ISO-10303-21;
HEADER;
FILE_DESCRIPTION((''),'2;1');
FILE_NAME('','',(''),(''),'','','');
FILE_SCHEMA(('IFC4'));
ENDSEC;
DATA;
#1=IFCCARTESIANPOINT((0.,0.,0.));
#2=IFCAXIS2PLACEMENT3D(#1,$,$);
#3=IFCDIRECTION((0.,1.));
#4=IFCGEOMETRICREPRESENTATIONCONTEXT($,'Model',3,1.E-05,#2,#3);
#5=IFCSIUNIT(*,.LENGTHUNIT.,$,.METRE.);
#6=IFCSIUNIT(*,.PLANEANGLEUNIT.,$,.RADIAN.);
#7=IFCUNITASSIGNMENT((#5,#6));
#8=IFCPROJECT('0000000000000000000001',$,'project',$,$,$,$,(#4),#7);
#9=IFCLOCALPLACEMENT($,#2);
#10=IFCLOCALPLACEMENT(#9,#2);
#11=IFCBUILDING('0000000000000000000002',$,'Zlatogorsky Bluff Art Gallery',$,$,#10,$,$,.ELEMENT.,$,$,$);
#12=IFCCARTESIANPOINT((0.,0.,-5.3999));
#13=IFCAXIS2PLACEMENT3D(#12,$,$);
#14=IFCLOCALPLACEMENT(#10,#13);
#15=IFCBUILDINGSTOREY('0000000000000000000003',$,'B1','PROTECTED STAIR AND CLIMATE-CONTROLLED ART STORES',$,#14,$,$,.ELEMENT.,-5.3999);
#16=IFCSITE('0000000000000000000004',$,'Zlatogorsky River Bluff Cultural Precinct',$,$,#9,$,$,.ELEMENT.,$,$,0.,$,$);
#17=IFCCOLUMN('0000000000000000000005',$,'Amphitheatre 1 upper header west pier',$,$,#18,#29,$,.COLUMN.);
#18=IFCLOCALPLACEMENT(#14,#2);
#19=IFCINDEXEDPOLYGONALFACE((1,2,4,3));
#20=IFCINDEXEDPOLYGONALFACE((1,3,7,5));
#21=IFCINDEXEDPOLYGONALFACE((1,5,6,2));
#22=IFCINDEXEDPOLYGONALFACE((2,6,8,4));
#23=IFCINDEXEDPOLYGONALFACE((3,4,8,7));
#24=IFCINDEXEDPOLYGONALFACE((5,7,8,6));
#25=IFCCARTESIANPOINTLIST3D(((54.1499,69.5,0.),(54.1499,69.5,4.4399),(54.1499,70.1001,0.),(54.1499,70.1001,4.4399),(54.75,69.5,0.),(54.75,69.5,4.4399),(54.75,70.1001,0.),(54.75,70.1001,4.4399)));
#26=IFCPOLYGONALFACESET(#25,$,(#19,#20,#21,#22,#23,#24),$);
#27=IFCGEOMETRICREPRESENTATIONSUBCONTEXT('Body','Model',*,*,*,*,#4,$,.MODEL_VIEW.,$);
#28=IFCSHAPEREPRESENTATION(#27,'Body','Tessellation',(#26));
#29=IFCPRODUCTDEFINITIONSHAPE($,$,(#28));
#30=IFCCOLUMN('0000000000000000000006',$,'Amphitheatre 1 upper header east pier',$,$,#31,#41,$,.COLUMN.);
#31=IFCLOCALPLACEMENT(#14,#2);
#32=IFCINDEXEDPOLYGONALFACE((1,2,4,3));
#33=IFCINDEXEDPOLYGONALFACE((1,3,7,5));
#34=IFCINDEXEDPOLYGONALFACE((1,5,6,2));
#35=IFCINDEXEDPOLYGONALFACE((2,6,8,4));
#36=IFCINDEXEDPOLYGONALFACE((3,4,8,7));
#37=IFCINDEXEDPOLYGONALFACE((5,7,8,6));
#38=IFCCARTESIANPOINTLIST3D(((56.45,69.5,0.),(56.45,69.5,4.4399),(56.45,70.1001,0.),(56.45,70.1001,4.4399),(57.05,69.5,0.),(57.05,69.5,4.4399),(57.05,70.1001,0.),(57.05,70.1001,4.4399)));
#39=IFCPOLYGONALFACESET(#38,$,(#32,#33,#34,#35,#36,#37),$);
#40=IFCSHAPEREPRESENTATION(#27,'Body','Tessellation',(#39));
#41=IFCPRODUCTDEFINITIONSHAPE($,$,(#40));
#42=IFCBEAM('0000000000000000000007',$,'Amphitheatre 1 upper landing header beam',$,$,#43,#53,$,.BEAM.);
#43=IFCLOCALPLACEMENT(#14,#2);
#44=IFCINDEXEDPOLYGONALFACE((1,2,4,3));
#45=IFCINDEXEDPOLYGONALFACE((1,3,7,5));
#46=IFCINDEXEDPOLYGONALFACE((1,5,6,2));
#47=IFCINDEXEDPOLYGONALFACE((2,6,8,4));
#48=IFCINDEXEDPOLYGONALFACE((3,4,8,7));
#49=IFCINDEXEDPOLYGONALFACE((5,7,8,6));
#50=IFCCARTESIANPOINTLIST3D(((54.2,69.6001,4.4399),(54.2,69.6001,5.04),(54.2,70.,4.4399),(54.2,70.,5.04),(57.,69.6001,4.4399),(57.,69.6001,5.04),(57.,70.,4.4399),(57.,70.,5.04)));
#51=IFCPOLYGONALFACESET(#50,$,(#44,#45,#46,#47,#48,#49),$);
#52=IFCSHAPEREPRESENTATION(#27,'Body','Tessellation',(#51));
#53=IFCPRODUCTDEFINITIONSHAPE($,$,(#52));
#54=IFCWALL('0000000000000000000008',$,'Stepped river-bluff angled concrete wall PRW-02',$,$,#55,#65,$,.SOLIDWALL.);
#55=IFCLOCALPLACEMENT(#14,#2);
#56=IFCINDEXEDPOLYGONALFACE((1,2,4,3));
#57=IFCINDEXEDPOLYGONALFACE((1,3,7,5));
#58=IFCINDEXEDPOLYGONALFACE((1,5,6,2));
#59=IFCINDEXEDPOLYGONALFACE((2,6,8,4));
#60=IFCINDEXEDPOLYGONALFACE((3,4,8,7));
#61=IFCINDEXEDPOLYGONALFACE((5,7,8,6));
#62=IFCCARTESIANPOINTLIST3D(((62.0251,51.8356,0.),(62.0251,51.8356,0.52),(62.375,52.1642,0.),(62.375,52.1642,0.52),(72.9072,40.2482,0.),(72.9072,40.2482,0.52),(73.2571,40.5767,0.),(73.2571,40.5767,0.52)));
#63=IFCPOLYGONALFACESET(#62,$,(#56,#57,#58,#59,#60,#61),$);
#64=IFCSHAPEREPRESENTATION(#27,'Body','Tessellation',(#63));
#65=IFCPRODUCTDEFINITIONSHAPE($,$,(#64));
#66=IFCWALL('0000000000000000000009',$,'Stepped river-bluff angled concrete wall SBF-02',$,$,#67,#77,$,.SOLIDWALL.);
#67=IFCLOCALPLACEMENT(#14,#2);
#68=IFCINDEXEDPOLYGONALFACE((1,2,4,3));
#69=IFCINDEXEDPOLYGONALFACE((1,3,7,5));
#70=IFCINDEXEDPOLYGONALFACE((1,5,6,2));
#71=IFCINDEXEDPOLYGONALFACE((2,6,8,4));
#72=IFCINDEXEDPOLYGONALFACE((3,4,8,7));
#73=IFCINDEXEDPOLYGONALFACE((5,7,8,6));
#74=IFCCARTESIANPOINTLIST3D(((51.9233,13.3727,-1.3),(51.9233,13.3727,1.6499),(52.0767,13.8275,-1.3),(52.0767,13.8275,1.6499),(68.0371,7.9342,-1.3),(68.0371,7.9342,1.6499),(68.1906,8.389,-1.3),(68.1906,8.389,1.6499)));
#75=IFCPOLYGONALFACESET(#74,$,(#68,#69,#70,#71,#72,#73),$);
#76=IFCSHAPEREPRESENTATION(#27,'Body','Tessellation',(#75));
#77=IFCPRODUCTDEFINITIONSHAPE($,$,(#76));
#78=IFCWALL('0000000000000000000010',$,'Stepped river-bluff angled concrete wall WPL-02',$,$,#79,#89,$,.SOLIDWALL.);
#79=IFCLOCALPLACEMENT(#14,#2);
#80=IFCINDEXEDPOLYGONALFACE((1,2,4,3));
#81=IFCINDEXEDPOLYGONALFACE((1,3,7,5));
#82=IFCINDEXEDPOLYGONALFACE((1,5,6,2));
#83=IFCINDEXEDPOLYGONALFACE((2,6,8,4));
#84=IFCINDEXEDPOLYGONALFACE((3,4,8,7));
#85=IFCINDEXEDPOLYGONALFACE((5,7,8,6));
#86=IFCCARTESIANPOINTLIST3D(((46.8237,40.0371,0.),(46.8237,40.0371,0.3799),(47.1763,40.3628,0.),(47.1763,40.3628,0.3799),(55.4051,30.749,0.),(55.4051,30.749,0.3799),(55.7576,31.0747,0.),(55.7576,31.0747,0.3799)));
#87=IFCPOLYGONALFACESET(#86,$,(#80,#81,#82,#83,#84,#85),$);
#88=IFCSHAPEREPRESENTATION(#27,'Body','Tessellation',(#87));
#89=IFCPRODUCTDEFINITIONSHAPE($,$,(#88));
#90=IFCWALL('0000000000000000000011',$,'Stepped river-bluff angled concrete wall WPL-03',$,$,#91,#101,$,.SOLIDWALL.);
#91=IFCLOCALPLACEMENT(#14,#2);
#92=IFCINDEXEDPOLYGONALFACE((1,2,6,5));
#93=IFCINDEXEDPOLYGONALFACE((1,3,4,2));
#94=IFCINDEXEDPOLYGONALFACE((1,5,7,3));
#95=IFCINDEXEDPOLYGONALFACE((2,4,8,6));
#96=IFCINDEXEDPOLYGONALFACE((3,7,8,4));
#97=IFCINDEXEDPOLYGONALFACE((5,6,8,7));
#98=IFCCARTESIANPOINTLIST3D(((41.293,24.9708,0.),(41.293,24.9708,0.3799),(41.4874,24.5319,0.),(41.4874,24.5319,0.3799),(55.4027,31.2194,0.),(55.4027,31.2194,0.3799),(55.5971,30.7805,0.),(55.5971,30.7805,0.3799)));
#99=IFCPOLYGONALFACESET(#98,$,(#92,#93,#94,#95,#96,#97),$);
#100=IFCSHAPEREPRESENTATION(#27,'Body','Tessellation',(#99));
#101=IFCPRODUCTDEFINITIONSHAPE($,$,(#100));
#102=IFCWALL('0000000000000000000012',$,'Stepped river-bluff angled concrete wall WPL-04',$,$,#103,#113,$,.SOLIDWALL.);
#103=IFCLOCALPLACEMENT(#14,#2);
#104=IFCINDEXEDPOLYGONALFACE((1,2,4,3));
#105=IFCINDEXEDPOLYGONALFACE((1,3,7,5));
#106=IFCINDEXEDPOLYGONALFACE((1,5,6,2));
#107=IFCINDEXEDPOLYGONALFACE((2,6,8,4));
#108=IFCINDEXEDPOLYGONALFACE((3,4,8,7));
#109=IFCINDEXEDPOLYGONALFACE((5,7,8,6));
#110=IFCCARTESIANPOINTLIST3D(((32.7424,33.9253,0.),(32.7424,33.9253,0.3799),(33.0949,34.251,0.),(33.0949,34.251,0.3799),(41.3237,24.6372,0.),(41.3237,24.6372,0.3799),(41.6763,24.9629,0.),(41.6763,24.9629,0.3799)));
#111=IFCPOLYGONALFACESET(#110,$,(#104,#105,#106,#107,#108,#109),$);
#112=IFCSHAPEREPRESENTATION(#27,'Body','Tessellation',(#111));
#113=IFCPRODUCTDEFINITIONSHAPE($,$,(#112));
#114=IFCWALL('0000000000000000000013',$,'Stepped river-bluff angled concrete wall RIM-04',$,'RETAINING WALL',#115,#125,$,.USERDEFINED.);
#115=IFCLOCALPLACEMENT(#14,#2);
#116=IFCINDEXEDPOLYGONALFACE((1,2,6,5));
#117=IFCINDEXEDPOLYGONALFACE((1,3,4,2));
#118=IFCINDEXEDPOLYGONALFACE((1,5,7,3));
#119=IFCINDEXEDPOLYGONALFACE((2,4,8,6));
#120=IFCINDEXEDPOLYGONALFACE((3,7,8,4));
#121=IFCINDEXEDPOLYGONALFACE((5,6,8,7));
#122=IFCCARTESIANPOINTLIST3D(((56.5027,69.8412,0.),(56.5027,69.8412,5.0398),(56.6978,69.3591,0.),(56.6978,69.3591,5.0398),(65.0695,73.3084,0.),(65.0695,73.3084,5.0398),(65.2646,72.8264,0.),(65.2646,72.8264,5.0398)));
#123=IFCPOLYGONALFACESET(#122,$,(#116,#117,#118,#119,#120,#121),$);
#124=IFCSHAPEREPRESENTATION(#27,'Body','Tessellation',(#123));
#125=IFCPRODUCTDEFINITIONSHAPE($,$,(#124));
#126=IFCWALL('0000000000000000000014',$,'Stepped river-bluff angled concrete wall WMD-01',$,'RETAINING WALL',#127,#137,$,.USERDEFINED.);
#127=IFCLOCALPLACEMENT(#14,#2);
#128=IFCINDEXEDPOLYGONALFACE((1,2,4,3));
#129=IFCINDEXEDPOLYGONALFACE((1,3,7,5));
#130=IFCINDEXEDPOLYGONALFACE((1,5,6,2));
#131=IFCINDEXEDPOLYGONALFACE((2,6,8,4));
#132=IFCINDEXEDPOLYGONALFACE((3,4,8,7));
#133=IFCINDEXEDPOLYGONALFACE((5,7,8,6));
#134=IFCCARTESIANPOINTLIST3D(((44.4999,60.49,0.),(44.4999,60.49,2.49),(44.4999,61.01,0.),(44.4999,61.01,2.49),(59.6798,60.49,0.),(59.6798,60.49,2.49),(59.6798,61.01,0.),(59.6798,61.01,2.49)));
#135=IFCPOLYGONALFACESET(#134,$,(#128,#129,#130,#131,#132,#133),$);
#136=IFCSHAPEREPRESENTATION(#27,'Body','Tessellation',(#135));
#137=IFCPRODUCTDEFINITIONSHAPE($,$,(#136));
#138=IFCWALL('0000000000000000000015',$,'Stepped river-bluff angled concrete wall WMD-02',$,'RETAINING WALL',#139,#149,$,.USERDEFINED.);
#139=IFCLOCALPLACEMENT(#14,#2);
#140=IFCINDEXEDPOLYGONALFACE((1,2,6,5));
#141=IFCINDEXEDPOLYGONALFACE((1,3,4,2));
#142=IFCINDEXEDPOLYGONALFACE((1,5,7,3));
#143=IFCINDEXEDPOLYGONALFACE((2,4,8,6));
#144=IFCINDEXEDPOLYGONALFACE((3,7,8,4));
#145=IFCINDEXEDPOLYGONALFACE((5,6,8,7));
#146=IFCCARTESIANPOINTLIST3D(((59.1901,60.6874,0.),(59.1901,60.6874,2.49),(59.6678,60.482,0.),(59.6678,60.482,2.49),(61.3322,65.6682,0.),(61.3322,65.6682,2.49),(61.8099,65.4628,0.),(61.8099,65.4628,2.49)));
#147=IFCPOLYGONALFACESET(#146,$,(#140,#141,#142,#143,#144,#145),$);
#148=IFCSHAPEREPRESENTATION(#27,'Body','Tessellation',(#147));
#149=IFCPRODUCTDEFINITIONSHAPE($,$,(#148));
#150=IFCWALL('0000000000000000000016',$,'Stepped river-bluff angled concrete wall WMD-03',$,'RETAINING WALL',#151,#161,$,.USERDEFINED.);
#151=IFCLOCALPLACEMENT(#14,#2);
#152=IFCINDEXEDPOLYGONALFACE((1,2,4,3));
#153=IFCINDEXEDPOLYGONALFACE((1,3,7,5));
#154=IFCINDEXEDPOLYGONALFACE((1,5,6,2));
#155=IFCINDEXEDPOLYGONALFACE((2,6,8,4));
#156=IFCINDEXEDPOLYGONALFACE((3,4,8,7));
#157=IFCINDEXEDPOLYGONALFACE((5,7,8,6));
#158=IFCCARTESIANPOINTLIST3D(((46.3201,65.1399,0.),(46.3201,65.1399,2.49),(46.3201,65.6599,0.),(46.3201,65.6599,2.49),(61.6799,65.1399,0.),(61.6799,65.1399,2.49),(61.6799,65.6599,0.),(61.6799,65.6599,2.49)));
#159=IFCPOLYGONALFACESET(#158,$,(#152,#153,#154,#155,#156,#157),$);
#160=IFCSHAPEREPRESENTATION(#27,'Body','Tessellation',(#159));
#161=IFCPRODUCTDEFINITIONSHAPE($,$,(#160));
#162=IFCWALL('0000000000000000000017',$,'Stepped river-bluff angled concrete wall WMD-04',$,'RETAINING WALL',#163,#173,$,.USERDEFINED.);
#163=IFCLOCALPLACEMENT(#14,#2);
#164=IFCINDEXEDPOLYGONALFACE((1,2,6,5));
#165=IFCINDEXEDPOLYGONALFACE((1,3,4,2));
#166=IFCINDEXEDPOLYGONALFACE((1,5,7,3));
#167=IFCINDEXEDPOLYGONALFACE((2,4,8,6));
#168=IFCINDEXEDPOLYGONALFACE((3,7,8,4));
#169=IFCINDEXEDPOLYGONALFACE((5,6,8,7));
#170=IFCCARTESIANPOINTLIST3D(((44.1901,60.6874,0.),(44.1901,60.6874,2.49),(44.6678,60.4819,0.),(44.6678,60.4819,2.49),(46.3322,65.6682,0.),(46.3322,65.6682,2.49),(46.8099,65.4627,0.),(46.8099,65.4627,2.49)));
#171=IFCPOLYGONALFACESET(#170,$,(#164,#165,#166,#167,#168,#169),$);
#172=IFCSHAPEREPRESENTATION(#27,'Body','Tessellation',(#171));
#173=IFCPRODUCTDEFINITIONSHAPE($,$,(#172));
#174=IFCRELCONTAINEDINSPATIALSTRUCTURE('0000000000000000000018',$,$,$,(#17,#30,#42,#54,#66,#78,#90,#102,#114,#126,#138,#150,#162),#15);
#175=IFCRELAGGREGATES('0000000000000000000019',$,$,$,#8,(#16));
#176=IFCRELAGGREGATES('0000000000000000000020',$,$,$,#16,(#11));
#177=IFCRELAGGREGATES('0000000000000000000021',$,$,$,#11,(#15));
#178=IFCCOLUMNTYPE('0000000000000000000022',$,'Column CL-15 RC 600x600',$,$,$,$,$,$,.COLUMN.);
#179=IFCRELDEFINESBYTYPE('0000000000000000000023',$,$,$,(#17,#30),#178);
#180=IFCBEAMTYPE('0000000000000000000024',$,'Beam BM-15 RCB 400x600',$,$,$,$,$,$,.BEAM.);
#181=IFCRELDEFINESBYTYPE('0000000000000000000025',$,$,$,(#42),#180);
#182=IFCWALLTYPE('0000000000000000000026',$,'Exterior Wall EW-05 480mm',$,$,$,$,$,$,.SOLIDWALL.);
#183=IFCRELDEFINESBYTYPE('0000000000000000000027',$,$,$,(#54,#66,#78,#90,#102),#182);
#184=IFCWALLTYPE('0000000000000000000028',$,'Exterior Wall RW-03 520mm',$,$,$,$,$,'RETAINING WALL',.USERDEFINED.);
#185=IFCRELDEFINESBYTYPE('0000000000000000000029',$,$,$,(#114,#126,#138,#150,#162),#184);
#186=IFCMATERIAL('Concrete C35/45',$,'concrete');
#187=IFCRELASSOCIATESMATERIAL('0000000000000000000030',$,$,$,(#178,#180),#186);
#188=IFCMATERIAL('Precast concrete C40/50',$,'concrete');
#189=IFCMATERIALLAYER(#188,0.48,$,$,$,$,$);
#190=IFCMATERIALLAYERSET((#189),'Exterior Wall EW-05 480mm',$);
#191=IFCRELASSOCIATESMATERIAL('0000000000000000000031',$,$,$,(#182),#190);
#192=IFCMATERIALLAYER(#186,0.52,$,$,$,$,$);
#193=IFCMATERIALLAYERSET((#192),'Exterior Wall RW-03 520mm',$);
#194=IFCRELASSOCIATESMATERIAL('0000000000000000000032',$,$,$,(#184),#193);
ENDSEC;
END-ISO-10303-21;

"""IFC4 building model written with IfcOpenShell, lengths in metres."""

from ifc_helpers import new_model, si_unit, direction, frame, frame_2d, origin, origin_2d, place, context, subcontext, project, spatial, rectangle, extrude, material, layer, layer_set, material_profile, profile_set, type_object, element, save


model = new_model("IFC4")

# Units and contexts
model_context = context("Model", 3, precision=1e-05, world=origin(), true_north=direction((0.0, 1.0)))
body_context = subcontext(model_context, "Body", "Model", "MODEL_VIEW")
ifc_project = project(units=[si_unit("LENGTHUNIT", "METRE"), si_unit("PLANEANGLEUNIT", "RADIAN")], contexts=[model_context])

# Site, building, storey
site_placement = place(None, origin())
site = spatial("IfcSite", under=ifc_project, at=site_placement, Name="Zlatogorsky River Bluff Cultural Precinct", CompositionType="ELEMENT", RefElevation=0.0)
building_placement = place(site_placement, origin())
building = spatial("IfcBuilding", under=site, at=building_placement, Name="Zlatogorsky Bluff Art Gallery", CompositionType="ELEMENT")
storey_placement = place(building_placement, frame((0.0, 0.0, -5.3999)))
storey = spatial("IfcBuildingStorey", under=building, at=storey_placement, Name="B1", Description="PROTECTED STAIR AND CLIMATE-CONTROLLED ART STORES", CompositionType="ELEMENT", Elevation=-5.3999)

# Columns
ifc_material_1 = material(Name="Concrete C35/45", Category="concrete")
ifc_material_profile_1 = material_profile(ifc_material_1, rectangle(XDim=0.6001, YDim=0.6001, at=origin_2d()), Name="RC 600x600")
ifc_profile_set_1 = profile_set([ifc_material_profile_1], Name="Concrete C35/45")
column_type = type_object("IfcColumnType", Name="Column CL-15 RC 600x600", PredefinedType="COLUMN", material=ifc_profile_set_1)
for number, where, z_axis, x_axis, name in (
    (1, (54.45, 69.8, 0.0), (0.0, 0.0, 1.0), (1.0, 0.0, 0.0), "Amphitheatre 1 upper header west pier"),
    (2, (56.75, 69.8, 0.0), (0.0, 0.0, 1.0), (1.0, 0.0, 0.0), "Amphitheatre 1 upper header east pier"),
):
    element("IfcColumn", number, at=place(storey_placement, frame(where, z_axis=z_axis, x_axis=x_axis)), inside=storey, type_object=column_type, Name=name, PredefinedType="COLUMN", context=body_context, shape_type="SweptSolid", body=[
        extrude(rectangle(XDim=0.6001, YDim=0.6001, at=origin_2d()), origin(), (0.0, 0.0, 1.0), 4.4399),
    ])

# Beam
ifc_material_profile_2 = material_profile(ifc_material_1, rectangle(XDim=0.3999, YDim=0.6001, at=origin_2d()), Name="RCB 400x600")
ifc_profile_set_2 = profile_set([ifc_material_profile_2], Name="Concrete C35/45")
beam_type = type_object("IfcBeamType", Name="Beam BM-15 RCB 400x600", PredefinedType="BEAM", material=ifc_profile_set_2)
beam_placement = place(storey_placement, frame((54.2, 69.8, 4.74), z_axis=(1.0, 0.0, 0.0), x_axis=(0.0, 1.0, 0.0)))
element("IfcBeam", 3, at=beam_placement, inside=storey, type_object=beam_type, Name="Amphitheatre 1 upper landing header beam", PredefinedType="BEAM", context=body_context, shape_type="SweptSolid", body=[
    extrude(rectangle(XDim=0.3999, YDim=0.6001, at=origin_2d()), origin(), (0.0, 0.0, 1.0), 2.8),
])

# Walls
ifc_material_2 = material(Name="Precast concrete C40/50", Category="concrete")
ifc_layer_1 = layer(ifc_material_2, 0.48)
ifc_layer_set_1 = layer_set([ifc_layer_1], Name="Exterior Wall EW-05 480mm")
wall_type_1 = type_object("IfcWallType", Name="Exterior Wall EW-05 480mm", PredefinedType="SOLIDWALL", material=ifc_layer_set_1)
wall_1_placement = place(storey_placement, frame((62.2, 52.0, 0.0), z_axis=(0.0, 0.0, 1.0), x_axis=(0.684573, -0.728944, 0.0)))
element("IfcWall", 4, at=wall_1_placement, inside=storey, type_object=wall_type_1, Name="Stepped river-bluff angled concrete wall PRW-02", PredefinedType="SOLIDWALL", context=body_context, shape_type="SweptSolid", body=[
    extrude(rectangle(XDim=15.8962, YDim=0.48, at=frame_2d((7.9482, 0.0))), origin(), (0.0, 0.0, 1.0), 0.52),
])
wall_2_placement = place(storey_placement, frame((52.0, 13.6001, -1.3), z_axis=(0.0, 0.0, 1.0), x_axis=(0.947491, -0.319783, 0.0)))
element("IfcWall", 5, at=wall_2_placement, inside=storey, type_object=wall_type_1, Name="Stepped river-bluff angled concrete wall SBF-02", PredefinedType="SOLIDWALL", context=body_context, shape_type="SweptSolid", body=[
    extrude(rectangle(XDim=17.0068, YDim=0.48, at=frame_2d((8.5034, 0.0))), origin(), (0.0, 0.0, 1.0), 2.95),
])
wall_3_placement = place(storey_placement, frame((47.0, 40.2, 0.0), z_axis=(0.0, 0.0, 1.0), x_axis=(0.678608, -0.734501, 0.0)))
element("IfcWall", 6, at=wall_3_placement, inside=storey, type_object=wall_type_1, Name="Stepped river-bluff angled concrete wall WPL-02", PredefinedType="SOLIDWALL", context=body_context, shape_type="SweptSolid", body=[
    extrude(rectangle(XDim=12.6455, YDim=0.48, at=frame_2d((6.3228, 0.0))), origin(), (0.0, 0.0, 1.0), 0.3799),
])
wall_4_placement = place(storey_placement, frame((55.5, 31.0, 0.0), z_axis=(0.0, 0.0, 1.0), x_axis=(-0.91435, -0.404926, 0.0)))
element("IfcWall", 7, at=wall_4_placement, inside=storey, type_object=wall_type_1, Name="Stepped river-bluff angled concrete wall WPL-03", PredefinedType="SOLIDWALL", context=body_context, shape_type="SweptSolid", body=[
    extrude(rectangle(XDim=15.4314, YDim=0.48, at=frame_2d((7.7158, 0.0))), origin(), (0.0, 0.0, 1.0), 0.3799),
])
wall_5_placement = place(storey_placement, frame((41.5, 24.8, 0.0), z_axis=(0.0, 0.0, 1.0), x_axis=(-0.678608, 0.734501, 0.0)))
element("IfcWall", 8, at=wall_5_placement, inside=storey, type_object=wall_type_1, Name="Stepped river-bluff angled concrete wall WPL-04", PredefinedType="SOLIDWALL", context=body_context, shape_type="SweptSolid", body=[
    extrude(rectangle(XDim=12.6455, YDim=0.48, at=frame_2d((6.3228, 0.0))), origin(), (0.0, 0.0, 1.0), 0.3799),
])
ifc_layer_2 = layer(ifc_material_1, 0.52)
ifc_layer_set_2 = layer_set([ifc_layer_2], Name="Exterior Wall RW-03 520mm")
wall_type_2 = type_object("IfcWallType", Name="Exterior Wall RW-03 520mm", ElementType="RETAINING WALL", PredefinedType="USERDEFINED", material=ifc_layer_set_2)
wall_6_placement = place(storey_placement, frame((56.6001, 69.6001, 0.0), z_axis=(0.0, 0.0, 1.0), x_axis=(0.926957, 0.375168, 0.0)))
element("IfcWall", 9, at=wall_6_placement, inside=storey, type_object=wall_type_2, Name="Stepped river-bluff angled concrete wall RIM-04", ObjectType="RETAINING WALL", PredefinedType="USERDEFINED", context=body_context, shape_type="SweptSolid", body=[
    extrude(rectangle(XDim=9.2419, YDim=0.52, at=frame_2d((4.6211, 0.0))), origin(), (0.0, 0.0, 1.0), 5.0398),
])
wall_7_placement = place(storey_placement, frame((44.5, 60.75, 0.0), z_axis=(0.0, 0.0, 1.0), x_axis=(1.0, 0.0, 0.0)))
element("IfcWall", 10, at=wall_7_placement, inside=storey, type_object=wall_type_2, Name="Stepped river-bluff angled concrete wall WMD-01", ObjectType="RETAINING WALL", PredefinedType="USERDEFINED", context=body_context, shape_type="SweptSolid", body=[
    extrude(rectangle(XDim=15.1799, YDim=0.52, at=frame_2d((7.5898, 0.0))), origin(), (0.0, 0.0, 1.0), 2.49),
])
wall_8_placement = place(storey_placement, frame((59.429, 60.5847, 0.0), z_axis=(0.0, 0.0, 1.0), x_axis=(0.395087, 0.918644, 0.0)))
element("IfcWall", 11, at=wall_8_placement, inside=storey, type_object=wall_type_2, Name="Stepped river-bluff angled concrete wall WMD-02", ObjectType="RETAINING WALL", PredefinedType="USERDEFINED", context=body_context, shape_type="SweptSolid", body=[
    extrude(rectangle(XDim=5.4219, YDim=0.52, at=frame_2d((2.7109, 0.0))), origin(), (0.0, 0.0, 1.0), 2.49),
])
wall_9_placement = place(storey_placement, frame((61.6799, 65.3999, 0.0), z_axis=(0.0, 0.0, 1.0), x_axis=(-1.0, 0.0, 0.0)))
element("IfcWall", 12, at=wall_9_placement, inside=storey, type_object=wall_type_2, Name="Stepped river-bluff angled concrete wall WMD-03", ObjectType="RETAINING WALL", PredefinedType="USERDEFINED", context=body_context, shape_type="SweptSolid", body=[
    extrude(rectangle(XDim=15.3599, YDim=0.52, at=frame_2d((7.6799, 0.0))), origin(), (0.0, 0.0, 1.0), 2.49),
])
wall_10_placement = place(storey_placement, frame((46.571, 65.5654, 0.0), z_axis=(0.0, 0.0, 1.0), x_axis=(-0.395087, -0.918644, 0.0)))
element("IfcWall", 13, at=wall_10_placement, inside=storey, type_object=wall_type_2, Name="Stepped river-bluff angled concrete wall WMD-04", ObjectType="RETAINING WALL", PredefinedType="USERDEFINED", context=body_context, shape_type="SweptSolid", body=[
    extrude(rectangle(XDim=5.4219, YDim=0.52, at=frame_2d((2.7109, 0.0))), origin(), (0.0, 0.0, 1.0), 2.49),
])

save(model, "model.ifc")
